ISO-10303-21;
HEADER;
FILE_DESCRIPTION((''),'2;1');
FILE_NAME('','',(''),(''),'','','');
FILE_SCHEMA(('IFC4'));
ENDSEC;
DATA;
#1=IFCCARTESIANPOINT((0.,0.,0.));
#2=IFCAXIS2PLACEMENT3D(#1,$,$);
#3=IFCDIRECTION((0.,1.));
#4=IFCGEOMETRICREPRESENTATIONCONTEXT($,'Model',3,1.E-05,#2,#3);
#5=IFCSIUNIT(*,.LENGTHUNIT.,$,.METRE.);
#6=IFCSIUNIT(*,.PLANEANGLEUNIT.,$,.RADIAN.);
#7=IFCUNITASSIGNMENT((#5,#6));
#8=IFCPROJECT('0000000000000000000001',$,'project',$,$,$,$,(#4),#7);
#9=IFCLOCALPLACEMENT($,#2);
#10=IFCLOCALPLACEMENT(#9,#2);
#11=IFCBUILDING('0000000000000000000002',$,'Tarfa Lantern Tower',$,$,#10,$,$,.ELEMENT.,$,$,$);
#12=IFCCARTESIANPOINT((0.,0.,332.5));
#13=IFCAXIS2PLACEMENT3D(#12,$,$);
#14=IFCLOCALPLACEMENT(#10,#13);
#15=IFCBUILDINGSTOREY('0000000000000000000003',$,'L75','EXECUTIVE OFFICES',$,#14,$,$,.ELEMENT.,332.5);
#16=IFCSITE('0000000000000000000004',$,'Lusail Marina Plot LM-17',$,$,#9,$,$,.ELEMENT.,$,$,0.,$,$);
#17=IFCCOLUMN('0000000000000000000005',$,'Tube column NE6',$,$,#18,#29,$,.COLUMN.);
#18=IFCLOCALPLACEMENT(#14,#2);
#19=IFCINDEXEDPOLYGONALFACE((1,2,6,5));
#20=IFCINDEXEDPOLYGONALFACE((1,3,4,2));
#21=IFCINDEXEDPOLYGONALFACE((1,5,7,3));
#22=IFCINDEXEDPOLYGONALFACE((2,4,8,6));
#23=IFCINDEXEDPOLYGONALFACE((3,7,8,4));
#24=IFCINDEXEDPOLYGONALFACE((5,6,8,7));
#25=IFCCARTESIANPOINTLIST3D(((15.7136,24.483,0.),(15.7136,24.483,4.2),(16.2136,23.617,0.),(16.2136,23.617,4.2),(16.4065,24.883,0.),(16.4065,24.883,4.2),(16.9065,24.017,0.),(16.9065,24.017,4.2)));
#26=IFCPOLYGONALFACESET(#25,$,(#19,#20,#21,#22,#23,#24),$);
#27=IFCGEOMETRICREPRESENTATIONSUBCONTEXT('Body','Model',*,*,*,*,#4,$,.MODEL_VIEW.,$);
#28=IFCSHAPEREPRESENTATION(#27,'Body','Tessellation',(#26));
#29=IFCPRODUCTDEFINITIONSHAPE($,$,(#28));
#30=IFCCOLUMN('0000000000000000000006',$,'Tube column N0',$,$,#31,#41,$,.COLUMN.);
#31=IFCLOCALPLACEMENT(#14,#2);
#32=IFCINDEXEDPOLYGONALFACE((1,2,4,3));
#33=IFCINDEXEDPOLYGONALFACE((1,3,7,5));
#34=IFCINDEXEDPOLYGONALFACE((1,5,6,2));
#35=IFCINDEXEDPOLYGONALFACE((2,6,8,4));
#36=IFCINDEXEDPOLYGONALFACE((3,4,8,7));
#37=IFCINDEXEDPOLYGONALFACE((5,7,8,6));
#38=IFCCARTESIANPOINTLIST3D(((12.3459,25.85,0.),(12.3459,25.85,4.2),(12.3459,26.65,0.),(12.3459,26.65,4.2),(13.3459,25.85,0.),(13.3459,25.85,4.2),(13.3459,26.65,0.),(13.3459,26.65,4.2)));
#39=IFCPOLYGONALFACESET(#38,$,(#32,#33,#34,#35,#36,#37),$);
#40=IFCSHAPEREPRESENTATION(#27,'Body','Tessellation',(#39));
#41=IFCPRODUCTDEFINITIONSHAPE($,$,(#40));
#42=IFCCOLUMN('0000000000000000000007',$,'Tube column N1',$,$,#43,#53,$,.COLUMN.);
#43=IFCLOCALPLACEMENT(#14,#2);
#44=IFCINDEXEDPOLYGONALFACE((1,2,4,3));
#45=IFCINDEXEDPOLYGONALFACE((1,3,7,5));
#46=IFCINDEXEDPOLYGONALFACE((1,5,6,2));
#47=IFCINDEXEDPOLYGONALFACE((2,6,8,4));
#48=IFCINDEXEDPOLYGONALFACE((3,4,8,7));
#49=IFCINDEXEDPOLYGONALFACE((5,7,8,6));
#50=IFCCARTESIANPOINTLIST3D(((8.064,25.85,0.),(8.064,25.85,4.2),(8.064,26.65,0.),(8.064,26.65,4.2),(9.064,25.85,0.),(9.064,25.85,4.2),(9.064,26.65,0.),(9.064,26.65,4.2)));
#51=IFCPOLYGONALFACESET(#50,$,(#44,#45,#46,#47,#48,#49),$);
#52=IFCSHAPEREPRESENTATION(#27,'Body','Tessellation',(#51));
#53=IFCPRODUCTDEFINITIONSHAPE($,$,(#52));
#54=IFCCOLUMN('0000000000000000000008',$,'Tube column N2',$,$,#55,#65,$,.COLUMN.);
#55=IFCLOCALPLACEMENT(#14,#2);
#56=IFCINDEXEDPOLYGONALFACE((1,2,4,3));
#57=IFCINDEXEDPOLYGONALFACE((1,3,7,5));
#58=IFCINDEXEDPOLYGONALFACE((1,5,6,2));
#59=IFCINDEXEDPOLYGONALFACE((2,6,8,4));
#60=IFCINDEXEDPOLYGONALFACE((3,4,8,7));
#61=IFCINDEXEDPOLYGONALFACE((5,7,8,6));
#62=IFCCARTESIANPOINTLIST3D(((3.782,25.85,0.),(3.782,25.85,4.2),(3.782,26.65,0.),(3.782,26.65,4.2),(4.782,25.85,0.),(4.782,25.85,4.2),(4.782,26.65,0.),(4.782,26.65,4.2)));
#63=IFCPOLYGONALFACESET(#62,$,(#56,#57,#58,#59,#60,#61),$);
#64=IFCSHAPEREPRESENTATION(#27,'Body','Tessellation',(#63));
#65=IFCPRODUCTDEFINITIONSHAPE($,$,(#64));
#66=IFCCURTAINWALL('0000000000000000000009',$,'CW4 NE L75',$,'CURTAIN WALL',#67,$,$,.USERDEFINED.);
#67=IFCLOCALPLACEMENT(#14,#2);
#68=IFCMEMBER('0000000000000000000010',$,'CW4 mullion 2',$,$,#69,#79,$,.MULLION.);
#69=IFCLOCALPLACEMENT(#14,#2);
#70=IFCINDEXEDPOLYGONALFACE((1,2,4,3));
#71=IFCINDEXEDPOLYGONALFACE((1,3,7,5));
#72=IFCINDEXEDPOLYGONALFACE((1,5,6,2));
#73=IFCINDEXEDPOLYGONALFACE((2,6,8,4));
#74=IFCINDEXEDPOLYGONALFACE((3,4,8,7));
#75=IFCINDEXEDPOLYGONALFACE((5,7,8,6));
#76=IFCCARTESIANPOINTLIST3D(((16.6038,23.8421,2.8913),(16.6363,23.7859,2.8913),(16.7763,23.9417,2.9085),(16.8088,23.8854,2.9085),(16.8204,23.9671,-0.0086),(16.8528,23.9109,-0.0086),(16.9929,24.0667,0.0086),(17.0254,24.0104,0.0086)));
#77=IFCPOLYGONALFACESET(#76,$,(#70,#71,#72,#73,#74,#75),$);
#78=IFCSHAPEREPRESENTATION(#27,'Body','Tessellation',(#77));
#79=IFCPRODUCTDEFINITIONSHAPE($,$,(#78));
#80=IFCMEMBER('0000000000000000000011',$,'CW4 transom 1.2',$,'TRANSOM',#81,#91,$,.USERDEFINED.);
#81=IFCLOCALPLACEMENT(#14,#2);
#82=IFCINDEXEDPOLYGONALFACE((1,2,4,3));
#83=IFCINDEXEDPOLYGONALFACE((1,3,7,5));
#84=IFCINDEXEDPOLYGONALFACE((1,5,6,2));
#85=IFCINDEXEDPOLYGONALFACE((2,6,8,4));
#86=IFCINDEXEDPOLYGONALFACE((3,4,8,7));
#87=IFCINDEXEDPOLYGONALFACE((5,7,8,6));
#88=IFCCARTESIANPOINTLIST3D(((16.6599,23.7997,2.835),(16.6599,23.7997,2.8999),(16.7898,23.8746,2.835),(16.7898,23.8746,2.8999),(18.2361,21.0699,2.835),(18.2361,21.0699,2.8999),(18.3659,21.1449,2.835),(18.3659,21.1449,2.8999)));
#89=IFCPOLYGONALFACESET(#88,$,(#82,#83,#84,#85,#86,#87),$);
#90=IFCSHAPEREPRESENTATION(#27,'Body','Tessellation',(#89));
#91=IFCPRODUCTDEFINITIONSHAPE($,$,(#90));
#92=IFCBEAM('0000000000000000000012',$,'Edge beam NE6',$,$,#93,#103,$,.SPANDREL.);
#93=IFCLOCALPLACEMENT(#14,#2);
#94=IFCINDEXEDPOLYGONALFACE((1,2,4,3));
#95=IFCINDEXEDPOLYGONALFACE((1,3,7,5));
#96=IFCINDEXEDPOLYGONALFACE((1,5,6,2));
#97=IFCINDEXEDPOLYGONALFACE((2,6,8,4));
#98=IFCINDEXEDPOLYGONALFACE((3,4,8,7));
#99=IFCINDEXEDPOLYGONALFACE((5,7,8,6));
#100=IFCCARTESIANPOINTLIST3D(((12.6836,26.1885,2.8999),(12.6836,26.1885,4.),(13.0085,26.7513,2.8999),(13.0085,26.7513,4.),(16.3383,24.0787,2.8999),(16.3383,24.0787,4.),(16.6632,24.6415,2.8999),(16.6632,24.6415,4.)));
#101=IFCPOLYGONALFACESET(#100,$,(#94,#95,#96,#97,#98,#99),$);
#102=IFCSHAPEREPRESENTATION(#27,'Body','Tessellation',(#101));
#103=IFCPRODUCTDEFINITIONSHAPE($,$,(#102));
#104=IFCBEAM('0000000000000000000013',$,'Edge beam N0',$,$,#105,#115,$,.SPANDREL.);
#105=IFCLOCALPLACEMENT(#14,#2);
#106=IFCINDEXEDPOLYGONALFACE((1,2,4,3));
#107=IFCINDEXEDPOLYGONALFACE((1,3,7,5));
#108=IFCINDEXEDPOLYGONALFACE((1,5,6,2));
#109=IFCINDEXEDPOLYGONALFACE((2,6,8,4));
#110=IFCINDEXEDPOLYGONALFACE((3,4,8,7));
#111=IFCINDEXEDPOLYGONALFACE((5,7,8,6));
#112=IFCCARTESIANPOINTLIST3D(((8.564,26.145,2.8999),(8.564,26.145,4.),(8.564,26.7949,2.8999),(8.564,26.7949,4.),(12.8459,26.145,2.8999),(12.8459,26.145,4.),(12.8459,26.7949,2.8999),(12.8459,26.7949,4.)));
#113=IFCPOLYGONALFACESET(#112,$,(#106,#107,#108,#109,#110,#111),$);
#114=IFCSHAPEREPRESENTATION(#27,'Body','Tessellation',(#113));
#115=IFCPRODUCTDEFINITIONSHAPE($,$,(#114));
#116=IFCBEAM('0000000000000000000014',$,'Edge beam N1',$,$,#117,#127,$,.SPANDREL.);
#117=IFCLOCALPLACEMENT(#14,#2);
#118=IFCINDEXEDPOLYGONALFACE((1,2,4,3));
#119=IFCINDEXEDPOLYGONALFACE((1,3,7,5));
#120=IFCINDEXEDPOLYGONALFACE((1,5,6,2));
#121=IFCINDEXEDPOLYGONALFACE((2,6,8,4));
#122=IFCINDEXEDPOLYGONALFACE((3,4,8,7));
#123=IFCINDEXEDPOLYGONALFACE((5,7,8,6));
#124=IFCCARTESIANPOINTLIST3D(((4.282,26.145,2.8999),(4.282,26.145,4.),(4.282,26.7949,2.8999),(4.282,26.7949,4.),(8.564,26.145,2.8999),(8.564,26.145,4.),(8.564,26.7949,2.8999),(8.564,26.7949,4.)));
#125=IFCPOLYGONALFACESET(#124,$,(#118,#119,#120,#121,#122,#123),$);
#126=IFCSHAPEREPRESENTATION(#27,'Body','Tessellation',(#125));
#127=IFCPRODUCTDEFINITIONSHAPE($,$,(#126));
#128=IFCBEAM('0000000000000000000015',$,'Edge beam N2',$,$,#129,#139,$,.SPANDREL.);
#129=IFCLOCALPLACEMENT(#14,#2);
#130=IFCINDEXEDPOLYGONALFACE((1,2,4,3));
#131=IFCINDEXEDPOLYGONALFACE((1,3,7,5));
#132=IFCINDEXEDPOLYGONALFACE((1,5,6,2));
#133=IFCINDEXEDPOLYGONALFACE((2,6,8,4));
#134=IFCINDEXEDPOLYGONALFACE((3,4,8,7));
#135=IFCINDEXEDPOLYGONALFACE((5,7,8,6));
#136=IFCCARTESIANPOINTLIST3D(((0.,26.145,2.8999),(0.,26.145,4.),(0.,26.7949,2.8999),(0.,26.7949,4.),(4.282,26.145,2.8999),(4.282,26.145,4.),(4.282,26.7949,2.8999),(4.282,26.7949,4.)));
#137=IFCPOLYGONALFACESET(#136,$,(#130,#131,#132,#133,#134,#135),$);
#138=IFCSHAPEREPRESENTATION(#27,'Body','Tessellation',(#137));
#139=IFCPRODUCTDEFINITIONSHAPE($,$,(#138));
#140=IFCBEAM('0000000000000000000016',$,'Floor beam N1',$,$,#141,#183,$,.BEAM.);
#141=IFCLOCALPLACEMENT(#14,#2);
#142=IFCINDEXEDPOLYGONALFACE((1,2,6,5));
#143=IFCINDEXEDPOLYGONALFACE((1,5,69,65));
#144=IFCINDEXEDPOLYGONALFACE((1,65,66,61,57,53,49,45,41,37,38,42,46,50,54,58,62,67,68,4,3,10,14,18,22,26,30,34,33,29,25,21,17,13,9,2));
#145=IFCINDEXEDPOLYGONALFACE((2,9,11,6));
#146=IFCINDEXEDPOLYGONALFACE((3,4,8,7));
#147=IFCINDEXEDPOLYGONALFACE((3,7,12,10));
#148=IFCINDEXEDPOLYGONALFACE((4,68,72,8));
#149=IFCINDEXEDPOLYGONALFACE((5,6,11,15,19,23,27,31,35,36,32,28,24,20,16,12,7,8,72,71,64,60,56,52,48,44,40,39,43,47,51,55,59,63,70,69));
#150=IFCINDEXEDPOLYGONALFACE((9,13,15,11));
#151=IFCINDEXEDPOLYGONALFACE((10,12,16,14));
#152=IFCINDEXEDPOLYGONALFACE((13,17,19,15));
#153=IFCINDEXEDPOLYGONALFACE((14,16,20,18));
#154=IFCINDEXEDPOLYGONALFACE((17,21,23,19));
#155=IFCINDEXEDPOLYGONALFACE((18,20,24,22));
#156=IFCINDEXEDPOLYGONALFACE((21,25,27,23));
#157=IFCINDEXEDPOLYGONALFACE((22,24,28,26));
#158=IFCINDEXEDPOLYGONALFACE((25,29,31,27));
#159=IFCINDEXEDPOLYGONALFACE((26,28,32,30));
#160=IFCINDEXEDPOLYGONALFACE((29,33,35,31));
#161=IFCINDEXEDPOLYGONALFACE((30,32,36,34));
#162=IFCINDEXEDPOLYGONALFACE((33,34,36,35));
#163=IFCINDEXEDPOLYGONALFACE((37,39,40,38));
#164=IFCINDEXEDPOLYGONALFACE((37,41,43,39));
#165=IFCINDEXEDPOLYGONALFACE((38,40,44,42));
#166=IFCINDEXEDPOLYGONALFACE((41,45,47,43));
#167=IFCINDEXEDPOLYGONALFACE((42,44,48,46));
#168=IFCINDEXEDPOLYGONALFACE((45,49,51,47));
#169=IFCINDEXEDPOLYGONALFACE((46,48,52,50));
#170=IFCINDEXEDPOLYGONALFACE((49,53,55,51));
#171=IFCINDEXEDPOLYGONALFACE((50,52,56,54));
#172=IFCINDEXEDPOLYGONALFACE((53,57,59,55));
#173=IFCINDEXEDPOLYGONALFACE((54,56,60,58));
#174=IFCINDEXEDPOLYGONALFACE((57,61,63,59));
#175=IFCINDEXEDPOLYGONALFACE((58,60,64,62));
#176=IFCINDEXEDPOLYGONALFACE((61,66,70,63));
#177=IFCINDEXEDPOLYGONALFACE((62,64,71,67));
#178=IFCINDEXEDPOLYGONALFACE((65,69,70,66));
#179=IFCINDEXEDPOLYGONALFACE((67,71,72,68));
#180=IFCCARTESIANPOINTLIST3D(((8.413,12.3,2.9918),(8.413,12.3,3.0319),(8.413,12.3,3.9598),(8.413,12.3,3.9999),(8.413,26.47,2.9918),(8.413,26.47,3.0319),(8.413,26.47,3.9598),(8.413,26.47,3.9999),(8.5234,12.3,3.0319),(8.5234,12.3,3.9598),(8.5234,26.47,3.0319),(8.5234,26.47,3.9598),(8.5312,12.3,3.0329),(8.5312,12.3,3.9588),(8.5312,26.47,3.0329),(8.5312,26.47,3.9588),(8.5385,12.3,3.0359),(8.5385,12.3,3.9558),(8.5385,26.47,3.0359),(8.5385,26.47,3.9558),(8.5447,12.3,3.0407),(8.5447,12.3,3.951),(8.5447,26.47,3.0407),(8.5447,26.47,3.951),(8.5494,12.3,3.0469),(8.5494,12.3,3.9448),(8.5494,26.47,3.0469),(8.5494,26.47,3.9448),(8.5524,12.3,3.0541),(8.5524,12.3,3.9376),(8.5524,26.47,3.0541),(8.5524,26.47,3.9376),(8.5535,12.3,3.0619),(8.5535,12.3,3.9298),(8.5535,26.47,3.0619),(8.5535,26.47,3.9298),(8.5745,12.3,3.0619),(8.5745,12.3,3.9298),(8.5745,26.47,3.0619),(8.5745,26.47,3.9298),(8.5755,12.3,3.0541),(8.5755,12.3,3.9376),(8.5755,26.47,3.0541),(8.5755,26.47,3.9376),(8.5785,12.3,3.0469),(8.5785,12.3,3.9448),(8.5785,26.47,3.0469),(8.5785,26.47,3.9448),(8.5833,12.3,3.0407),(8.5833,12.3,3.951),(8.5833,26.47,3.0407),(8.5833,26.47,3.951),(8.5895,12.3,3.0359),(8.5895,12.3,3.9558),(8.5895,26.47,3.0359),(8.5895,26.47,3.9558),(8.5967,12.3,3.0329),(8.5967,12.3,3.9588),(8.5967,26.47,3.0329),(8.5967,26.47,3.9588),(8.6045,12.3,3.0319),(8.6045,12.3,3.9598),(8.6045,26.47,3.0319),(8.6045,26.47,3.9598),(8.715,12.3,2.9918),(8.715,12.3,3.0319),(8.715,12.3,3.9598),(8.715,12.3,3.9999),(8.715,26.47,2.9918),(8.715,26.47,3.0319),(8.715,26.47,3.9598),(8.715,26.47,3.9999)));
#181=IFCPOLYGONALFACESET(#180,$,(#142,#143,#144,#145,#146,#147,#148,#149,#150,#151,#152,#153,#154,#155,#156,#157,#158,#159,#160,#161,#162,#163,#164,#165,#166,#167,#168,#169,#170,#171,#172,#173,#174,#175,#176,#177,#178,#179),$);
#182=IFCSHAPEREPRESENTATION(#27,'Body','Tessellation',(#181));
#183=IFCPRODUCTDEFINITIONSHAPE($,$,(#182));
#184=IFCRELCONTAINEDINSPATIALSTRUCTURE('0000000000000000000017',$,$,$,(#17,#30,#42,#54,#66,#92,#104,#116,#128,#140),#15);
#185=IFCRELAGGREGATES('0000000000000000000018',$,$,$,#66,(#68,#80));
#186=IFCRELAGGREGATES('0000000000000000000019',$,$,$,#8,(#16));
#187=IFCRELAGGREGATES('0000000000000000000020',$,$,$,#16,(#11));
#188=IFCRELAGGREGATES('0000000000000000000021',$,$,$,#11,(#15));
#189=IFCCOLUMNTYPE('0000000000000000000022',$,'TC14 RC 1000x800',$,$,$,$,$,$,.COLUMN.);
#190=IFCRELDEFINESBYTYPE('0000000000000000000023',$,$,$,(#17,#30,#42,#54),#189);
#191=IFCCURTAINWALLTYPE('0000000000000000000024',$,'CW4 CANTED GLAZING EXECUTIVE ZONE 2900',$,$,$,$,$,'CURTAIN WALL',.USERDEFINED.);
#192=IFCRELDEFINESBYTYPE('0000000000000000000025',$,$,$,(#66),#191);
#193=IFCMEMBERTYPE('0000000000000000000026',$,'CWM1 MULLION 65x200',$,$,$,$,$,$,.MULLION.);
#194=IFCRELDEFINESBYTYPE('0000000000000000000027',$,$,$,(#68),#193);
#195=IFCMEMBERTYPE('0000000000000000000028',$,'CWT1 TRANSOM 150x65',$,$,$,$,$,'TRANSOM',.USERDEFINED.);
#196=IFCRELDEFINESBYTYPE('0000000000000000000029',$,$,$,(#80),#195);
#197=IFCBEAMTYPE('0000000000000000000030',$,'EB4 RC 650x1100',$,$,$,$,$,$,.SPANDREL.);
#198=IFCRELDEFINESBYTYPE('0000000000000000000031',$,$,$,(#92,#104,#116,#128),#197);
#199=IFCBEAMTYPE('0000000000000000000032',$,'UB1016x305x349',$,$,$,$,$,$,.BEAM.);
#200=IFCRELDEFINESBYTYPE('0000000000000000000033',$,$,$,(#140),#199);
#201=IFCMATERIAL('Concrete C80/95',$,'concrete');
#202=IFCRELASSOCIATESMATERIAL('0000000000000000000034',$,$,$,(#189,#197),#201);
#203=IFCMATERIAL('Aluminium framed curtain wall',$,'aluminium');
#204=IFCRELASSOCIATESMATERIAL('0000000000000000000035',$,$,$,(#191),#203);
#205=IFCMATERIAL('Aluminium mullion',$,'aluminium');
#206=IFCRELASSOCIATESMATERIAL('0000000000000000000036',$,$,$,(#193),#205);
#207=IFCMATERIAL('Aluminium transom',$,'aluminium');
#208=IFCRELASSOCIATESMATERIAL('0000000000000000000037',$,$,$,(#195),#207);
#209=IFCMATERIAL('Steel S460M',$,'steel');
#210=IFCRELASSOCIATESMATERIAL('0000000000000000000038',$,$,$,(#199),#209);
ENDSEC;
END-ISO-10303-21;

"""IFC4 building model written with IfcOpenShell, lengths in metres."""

from ifc_helpers import new_model, si_unit, direction, frame, origin, origin_2d, place, context, subcontext, project, spatial, rectangle, i_section, extrude, material, material_profile, profile_set, type_object, element, aggregate, save


model = new_model("IFC4")

# Units and contexts
model_context = context("Model", 3, precision=1e-05, world=origin(), true_north=direction((0.0, 1.0)))
body_context = subcontext(model_context, "Body", "Model", "MODEL_VIEW")
ifc_project = project(units=[si_unit("LENGTHUNIT", "METRE"), si_unit("PLANEANGLEUNIT", "RADIAN")], contexts=[model_context])

# Site, building, storey
site_placement = place(None, origin())
site = spatial("IfcSite", under=ifc_project, at=site_placement, Name="Lusail Marina Plot LM-17", CompositionType="ELEMENT", RefElevation=0.0)
building_placement = place(site_placement, origin())
building = spatial("IfcBuilding", under=site, at=building_placement, Name="Tarfa Lantern Tower", CompositionType="ELEMENT")
storey_placement = place(building_placement, frame((0.0, 0.0, 332.5)))
storey = spatial("IfcBuildingStorey", under=building, at=storey_placement, Name="L75", Description="EXECUTIVE OFFICES", CompositionType="ELEMENT", Elevation=332.5)

# Columns
ifc_material_1 = material(Name="Concrete C80/95", Category="concrete")
ifc_material_profile_1 = material_profile(ifc_material_1, rectangle(XDim=1.0, YDim=0.8, at=origin_2d()), Name="RC 1000x800")
ifc_profile_set_1 = profile_set([ifc_material_profile_1], Name="Concrete C80/95")
column_type = type_object("IfcColumnType", Name="TC14 RC 1000x800", PredefinedType="COLUMN", material=ifc_profile_set_1)
for number, where, z_axis, x_axis, name in (
    (1, (16.3101, 24.25, 0.0), (0.0, 0.0, 1.0), (-0.5, 0.866025, 0.0), "Tube column NE6"),
    (2, (12.8459, 26.25, 0.0), (0.0, 0.0, 1.0), (-1.0, 0.0, 0.0), "Tube column N0"),
    (3, (8.564, 26.25, 0.0), (0.0, 0.0, 1.0), (-1.0, 0.0, 0.0), "Tube column N1"),
    (4, (4.282, 26.25, 0.0), (0.0, 0.0, 1.0), (-1.0, 0.0, 0.0), "Tube column N2"),
):
    element("IfcColumn", number, at=place(storey_placement, frame(where, z_axis=z_axis, x_axis=x_axis)), inside=storey, type_object=column_type, Name=name, PredefinedType="COLUMN", context=body_context, shape_type="SweptSolid", body=[
        extrude(rectangle(XDim=1.0, YDim=0.8, at=origin_2d()), origin(), (0.0, 0.0, 1.0), 4.2),
    ])

# Curtain wall, members
ifc_material_2 = material(Name="Aluminium framed curtain wall", Category="aluminium")
curtain_wall_type = type_object("IfcCurtainWallType", Name="CW4 CANTED GLAZING EXECUTIVE ZONE 2900", ElementType="CURTAIN WALL", PredefinedType="USERDEFINED", material=ifc_material_2)
curtain_wall_placement = place(storey_placement, origin())
curtain_wall = element("IfcCurtainWall", 5, at=curtain_wall_placement, inside=storey, type_object=curtain_wall_type, Name="CW4 NE L75", ObjectType="CURTAIN WALL", PredefinedType="USERDEFINED")
ifc_material_3 = material(Name="Aluminium mullion", Category="aluminium")
ifc_material_profile_2 = material_profile(ifc_material_3, rectangle(XDim=0.0649, YDim=0.2, at=origin_2d()), Name="AL MULLION 65x200")
ifc_profile_set_2 = profile_set([ifc_material_profile_2], Name="Aluminium mullion")
member_type_1 = type_object("IfcMemberType", Name="CWM1 MULLION 65x200", PredefinedType="MULLION", material=ifc_profile_set_2)
member_1_placement = place(storey_placement, frame((16.9229, 23.9888, 0.0), z_axis=(-0.0744, -0.042946, 0.996303), x_axis=(0.49992, -0.866072, 0.0)))
member_1 = element("IfcMember", 6, at=member_1_placement, type_object=member_type_1, Name="CW4 mullion 2", PredefinedType="MULLION", context=body_context, shape_type="SweptSolid", body=[
    extrude(rectangle(XDim=0.0649, YDim=0.2, at=origin_2d()), origin(), (0.0, 0.0, 1.0), 2.9106),
])
ifc_material_4 = material(Name="Aluminium transom", Category="aluminium")
ifc_material_profile_3 = material_profile(ifc_material_4, rectangle(XDim=0.1499, YDim=0.0649, at=origin_2d()), Name="AL TRANSOM 150x65")
ifc_profile_set_3 = profile_set([ifc_material_profile_3], Name="Aluminium transom")
member_type_2 = type_object("IfcMemberType", Name="CWT1 TRANSOM 150x65", ElementType="TRANSOM", PredefinedType="USERDEFINED", material=ifc_profile_set_3)
member_2_placement = place(storey_placement, frame((18.301, 21.1074, 2.8674), z_axis=(-0.500038, 0.866004, 0.0), x_axis=(-0.866004, -0.500038, 0.0)))
member_2 = element("IfcMember", 7, at=member_2_placement, type_object=member_type_2, Name="CW4 transom 1.2", ObjectType="TRANSOM", PredefinedType="USERDEFINED", context=body_context, shape_type="SweptSolid", body=[
    extrude(rectangle(XDim=0.1499, YDim=0.0649, at=origin_2d()), origin(), (0.0, 0.0, 1.0), 3.1521),
])
aggregate(curtain_wall, [member_1, member_2])

# Beams
ifc_material_profile_4 = material_profile(ifc_material_1, rectangle(XDim=0.6499, YDim=1.1001, at=origin_2d()), Name="RC 650x1100")
ifc_profile_set_4 = profile_set([ifc_material_profile_4], Name="Concrete C80/95")
beam_type_1 = type_object("IfcBeamType", Name="EB4 RC 650x1100", PredefinedType="SPANDREL", material=ifc_profile_set_4)
beam_1_placement = place(storey_placement, frame((16.5007, 24.3601, 3.45), z_axis=(-0.866049, 0.499959, 0.0), x_axis=(-0.499959, -0.866049, 0.0)))
element("IfcBeam", 8, at=beam_1_placement, inside=storey, type_object=beam_type_1, Name="Edge beam NE6", PredefinedType="SPANDREL", context=body_context, shape_type="SweptSolid", body=[
    extrude(rectangle(XDim=0.6499, YDim=1.1001, at=origin_2d()), origin(), (0.0, 0.0, 1.0), 4.22),
])
for number, where, z_axis, x_axis, name in (
    (9, (12.8459, 26.47, 3.45), (-1.0, 0.0, 0.0), (0.0, -1.0, 0.0), "Edge beam N0"),
    (10, (8.564, 26.47, 3.45), (-1.0, 0.0, 0.0), (0.0, -1.0, 0.0), "Edge beam N1"),
    (11, (4.282, 26.47, 3.45), (-1.0, 0.0, 0.0), (0.0, -1.0, 0.0), "Edge beam N2"),
):
    element("IfcBeam", number, at=place(storey_placement, frame(where, z_axis=z_axis, x_axis=x_axis)), inside=storey, type_object=beam_type_1, Name=name, PredefinedType="SPANDREL", context=body_context, shape_type="SweptSolid", body=[
        extrude(rectangle(XDim=0.6499, YDim=1.1001, at=origin_2d()), origin(), (0.0, 0.0, 1.0), 4.282),
    ])
ifc_material_5 = material(Name="Steel S460M", Category="steel")
ifc_material_profile_5 = material_profile(ifc_material_5, i_section(OverallWidth=0.302, OverallDepth=1.0081, WebThickness=0.021, FlangeThickness=0.04, FilletRadius=0.03, at=origin_2d()), Name="UB1016x305x349")
ifc_profile_set_5 = profile_set([ifc_material_profile_5], Name="Steel S460M")
beam_type_2 = type_object("IfcBeamType", Name="UB1016x305x349", PredefinedType="BEAM", material=ifc_profile_set_5)
for number, where, z_axis, x_axis, name in (
    (12, (8.564, 26.47, 3.4958), (0.0, -1.0, 0.0), (1.0, 0.0, 0.0), "Floor beam N1"),
):
    element("IfcBeam", number, at=place(storey_placement, frame(where, z_axis=z_axis, x_axis=x_axis)), inside=storey, type_object=beam_type_2, Name=name, PredefinedType="BEAM", context=body_context, shape_type="SweptSolid", body=[
        extrude(i_section(OverallWidth=0.302, OverallDepth=1.0081, WebThickness=0.021, FlangeThickness=0.04, FilletRadius=0.03, at=origin_2d()), origin(), (0.0, 0.0, 1.0), 14.1699),
    ])

save(model, "model.ifc")
